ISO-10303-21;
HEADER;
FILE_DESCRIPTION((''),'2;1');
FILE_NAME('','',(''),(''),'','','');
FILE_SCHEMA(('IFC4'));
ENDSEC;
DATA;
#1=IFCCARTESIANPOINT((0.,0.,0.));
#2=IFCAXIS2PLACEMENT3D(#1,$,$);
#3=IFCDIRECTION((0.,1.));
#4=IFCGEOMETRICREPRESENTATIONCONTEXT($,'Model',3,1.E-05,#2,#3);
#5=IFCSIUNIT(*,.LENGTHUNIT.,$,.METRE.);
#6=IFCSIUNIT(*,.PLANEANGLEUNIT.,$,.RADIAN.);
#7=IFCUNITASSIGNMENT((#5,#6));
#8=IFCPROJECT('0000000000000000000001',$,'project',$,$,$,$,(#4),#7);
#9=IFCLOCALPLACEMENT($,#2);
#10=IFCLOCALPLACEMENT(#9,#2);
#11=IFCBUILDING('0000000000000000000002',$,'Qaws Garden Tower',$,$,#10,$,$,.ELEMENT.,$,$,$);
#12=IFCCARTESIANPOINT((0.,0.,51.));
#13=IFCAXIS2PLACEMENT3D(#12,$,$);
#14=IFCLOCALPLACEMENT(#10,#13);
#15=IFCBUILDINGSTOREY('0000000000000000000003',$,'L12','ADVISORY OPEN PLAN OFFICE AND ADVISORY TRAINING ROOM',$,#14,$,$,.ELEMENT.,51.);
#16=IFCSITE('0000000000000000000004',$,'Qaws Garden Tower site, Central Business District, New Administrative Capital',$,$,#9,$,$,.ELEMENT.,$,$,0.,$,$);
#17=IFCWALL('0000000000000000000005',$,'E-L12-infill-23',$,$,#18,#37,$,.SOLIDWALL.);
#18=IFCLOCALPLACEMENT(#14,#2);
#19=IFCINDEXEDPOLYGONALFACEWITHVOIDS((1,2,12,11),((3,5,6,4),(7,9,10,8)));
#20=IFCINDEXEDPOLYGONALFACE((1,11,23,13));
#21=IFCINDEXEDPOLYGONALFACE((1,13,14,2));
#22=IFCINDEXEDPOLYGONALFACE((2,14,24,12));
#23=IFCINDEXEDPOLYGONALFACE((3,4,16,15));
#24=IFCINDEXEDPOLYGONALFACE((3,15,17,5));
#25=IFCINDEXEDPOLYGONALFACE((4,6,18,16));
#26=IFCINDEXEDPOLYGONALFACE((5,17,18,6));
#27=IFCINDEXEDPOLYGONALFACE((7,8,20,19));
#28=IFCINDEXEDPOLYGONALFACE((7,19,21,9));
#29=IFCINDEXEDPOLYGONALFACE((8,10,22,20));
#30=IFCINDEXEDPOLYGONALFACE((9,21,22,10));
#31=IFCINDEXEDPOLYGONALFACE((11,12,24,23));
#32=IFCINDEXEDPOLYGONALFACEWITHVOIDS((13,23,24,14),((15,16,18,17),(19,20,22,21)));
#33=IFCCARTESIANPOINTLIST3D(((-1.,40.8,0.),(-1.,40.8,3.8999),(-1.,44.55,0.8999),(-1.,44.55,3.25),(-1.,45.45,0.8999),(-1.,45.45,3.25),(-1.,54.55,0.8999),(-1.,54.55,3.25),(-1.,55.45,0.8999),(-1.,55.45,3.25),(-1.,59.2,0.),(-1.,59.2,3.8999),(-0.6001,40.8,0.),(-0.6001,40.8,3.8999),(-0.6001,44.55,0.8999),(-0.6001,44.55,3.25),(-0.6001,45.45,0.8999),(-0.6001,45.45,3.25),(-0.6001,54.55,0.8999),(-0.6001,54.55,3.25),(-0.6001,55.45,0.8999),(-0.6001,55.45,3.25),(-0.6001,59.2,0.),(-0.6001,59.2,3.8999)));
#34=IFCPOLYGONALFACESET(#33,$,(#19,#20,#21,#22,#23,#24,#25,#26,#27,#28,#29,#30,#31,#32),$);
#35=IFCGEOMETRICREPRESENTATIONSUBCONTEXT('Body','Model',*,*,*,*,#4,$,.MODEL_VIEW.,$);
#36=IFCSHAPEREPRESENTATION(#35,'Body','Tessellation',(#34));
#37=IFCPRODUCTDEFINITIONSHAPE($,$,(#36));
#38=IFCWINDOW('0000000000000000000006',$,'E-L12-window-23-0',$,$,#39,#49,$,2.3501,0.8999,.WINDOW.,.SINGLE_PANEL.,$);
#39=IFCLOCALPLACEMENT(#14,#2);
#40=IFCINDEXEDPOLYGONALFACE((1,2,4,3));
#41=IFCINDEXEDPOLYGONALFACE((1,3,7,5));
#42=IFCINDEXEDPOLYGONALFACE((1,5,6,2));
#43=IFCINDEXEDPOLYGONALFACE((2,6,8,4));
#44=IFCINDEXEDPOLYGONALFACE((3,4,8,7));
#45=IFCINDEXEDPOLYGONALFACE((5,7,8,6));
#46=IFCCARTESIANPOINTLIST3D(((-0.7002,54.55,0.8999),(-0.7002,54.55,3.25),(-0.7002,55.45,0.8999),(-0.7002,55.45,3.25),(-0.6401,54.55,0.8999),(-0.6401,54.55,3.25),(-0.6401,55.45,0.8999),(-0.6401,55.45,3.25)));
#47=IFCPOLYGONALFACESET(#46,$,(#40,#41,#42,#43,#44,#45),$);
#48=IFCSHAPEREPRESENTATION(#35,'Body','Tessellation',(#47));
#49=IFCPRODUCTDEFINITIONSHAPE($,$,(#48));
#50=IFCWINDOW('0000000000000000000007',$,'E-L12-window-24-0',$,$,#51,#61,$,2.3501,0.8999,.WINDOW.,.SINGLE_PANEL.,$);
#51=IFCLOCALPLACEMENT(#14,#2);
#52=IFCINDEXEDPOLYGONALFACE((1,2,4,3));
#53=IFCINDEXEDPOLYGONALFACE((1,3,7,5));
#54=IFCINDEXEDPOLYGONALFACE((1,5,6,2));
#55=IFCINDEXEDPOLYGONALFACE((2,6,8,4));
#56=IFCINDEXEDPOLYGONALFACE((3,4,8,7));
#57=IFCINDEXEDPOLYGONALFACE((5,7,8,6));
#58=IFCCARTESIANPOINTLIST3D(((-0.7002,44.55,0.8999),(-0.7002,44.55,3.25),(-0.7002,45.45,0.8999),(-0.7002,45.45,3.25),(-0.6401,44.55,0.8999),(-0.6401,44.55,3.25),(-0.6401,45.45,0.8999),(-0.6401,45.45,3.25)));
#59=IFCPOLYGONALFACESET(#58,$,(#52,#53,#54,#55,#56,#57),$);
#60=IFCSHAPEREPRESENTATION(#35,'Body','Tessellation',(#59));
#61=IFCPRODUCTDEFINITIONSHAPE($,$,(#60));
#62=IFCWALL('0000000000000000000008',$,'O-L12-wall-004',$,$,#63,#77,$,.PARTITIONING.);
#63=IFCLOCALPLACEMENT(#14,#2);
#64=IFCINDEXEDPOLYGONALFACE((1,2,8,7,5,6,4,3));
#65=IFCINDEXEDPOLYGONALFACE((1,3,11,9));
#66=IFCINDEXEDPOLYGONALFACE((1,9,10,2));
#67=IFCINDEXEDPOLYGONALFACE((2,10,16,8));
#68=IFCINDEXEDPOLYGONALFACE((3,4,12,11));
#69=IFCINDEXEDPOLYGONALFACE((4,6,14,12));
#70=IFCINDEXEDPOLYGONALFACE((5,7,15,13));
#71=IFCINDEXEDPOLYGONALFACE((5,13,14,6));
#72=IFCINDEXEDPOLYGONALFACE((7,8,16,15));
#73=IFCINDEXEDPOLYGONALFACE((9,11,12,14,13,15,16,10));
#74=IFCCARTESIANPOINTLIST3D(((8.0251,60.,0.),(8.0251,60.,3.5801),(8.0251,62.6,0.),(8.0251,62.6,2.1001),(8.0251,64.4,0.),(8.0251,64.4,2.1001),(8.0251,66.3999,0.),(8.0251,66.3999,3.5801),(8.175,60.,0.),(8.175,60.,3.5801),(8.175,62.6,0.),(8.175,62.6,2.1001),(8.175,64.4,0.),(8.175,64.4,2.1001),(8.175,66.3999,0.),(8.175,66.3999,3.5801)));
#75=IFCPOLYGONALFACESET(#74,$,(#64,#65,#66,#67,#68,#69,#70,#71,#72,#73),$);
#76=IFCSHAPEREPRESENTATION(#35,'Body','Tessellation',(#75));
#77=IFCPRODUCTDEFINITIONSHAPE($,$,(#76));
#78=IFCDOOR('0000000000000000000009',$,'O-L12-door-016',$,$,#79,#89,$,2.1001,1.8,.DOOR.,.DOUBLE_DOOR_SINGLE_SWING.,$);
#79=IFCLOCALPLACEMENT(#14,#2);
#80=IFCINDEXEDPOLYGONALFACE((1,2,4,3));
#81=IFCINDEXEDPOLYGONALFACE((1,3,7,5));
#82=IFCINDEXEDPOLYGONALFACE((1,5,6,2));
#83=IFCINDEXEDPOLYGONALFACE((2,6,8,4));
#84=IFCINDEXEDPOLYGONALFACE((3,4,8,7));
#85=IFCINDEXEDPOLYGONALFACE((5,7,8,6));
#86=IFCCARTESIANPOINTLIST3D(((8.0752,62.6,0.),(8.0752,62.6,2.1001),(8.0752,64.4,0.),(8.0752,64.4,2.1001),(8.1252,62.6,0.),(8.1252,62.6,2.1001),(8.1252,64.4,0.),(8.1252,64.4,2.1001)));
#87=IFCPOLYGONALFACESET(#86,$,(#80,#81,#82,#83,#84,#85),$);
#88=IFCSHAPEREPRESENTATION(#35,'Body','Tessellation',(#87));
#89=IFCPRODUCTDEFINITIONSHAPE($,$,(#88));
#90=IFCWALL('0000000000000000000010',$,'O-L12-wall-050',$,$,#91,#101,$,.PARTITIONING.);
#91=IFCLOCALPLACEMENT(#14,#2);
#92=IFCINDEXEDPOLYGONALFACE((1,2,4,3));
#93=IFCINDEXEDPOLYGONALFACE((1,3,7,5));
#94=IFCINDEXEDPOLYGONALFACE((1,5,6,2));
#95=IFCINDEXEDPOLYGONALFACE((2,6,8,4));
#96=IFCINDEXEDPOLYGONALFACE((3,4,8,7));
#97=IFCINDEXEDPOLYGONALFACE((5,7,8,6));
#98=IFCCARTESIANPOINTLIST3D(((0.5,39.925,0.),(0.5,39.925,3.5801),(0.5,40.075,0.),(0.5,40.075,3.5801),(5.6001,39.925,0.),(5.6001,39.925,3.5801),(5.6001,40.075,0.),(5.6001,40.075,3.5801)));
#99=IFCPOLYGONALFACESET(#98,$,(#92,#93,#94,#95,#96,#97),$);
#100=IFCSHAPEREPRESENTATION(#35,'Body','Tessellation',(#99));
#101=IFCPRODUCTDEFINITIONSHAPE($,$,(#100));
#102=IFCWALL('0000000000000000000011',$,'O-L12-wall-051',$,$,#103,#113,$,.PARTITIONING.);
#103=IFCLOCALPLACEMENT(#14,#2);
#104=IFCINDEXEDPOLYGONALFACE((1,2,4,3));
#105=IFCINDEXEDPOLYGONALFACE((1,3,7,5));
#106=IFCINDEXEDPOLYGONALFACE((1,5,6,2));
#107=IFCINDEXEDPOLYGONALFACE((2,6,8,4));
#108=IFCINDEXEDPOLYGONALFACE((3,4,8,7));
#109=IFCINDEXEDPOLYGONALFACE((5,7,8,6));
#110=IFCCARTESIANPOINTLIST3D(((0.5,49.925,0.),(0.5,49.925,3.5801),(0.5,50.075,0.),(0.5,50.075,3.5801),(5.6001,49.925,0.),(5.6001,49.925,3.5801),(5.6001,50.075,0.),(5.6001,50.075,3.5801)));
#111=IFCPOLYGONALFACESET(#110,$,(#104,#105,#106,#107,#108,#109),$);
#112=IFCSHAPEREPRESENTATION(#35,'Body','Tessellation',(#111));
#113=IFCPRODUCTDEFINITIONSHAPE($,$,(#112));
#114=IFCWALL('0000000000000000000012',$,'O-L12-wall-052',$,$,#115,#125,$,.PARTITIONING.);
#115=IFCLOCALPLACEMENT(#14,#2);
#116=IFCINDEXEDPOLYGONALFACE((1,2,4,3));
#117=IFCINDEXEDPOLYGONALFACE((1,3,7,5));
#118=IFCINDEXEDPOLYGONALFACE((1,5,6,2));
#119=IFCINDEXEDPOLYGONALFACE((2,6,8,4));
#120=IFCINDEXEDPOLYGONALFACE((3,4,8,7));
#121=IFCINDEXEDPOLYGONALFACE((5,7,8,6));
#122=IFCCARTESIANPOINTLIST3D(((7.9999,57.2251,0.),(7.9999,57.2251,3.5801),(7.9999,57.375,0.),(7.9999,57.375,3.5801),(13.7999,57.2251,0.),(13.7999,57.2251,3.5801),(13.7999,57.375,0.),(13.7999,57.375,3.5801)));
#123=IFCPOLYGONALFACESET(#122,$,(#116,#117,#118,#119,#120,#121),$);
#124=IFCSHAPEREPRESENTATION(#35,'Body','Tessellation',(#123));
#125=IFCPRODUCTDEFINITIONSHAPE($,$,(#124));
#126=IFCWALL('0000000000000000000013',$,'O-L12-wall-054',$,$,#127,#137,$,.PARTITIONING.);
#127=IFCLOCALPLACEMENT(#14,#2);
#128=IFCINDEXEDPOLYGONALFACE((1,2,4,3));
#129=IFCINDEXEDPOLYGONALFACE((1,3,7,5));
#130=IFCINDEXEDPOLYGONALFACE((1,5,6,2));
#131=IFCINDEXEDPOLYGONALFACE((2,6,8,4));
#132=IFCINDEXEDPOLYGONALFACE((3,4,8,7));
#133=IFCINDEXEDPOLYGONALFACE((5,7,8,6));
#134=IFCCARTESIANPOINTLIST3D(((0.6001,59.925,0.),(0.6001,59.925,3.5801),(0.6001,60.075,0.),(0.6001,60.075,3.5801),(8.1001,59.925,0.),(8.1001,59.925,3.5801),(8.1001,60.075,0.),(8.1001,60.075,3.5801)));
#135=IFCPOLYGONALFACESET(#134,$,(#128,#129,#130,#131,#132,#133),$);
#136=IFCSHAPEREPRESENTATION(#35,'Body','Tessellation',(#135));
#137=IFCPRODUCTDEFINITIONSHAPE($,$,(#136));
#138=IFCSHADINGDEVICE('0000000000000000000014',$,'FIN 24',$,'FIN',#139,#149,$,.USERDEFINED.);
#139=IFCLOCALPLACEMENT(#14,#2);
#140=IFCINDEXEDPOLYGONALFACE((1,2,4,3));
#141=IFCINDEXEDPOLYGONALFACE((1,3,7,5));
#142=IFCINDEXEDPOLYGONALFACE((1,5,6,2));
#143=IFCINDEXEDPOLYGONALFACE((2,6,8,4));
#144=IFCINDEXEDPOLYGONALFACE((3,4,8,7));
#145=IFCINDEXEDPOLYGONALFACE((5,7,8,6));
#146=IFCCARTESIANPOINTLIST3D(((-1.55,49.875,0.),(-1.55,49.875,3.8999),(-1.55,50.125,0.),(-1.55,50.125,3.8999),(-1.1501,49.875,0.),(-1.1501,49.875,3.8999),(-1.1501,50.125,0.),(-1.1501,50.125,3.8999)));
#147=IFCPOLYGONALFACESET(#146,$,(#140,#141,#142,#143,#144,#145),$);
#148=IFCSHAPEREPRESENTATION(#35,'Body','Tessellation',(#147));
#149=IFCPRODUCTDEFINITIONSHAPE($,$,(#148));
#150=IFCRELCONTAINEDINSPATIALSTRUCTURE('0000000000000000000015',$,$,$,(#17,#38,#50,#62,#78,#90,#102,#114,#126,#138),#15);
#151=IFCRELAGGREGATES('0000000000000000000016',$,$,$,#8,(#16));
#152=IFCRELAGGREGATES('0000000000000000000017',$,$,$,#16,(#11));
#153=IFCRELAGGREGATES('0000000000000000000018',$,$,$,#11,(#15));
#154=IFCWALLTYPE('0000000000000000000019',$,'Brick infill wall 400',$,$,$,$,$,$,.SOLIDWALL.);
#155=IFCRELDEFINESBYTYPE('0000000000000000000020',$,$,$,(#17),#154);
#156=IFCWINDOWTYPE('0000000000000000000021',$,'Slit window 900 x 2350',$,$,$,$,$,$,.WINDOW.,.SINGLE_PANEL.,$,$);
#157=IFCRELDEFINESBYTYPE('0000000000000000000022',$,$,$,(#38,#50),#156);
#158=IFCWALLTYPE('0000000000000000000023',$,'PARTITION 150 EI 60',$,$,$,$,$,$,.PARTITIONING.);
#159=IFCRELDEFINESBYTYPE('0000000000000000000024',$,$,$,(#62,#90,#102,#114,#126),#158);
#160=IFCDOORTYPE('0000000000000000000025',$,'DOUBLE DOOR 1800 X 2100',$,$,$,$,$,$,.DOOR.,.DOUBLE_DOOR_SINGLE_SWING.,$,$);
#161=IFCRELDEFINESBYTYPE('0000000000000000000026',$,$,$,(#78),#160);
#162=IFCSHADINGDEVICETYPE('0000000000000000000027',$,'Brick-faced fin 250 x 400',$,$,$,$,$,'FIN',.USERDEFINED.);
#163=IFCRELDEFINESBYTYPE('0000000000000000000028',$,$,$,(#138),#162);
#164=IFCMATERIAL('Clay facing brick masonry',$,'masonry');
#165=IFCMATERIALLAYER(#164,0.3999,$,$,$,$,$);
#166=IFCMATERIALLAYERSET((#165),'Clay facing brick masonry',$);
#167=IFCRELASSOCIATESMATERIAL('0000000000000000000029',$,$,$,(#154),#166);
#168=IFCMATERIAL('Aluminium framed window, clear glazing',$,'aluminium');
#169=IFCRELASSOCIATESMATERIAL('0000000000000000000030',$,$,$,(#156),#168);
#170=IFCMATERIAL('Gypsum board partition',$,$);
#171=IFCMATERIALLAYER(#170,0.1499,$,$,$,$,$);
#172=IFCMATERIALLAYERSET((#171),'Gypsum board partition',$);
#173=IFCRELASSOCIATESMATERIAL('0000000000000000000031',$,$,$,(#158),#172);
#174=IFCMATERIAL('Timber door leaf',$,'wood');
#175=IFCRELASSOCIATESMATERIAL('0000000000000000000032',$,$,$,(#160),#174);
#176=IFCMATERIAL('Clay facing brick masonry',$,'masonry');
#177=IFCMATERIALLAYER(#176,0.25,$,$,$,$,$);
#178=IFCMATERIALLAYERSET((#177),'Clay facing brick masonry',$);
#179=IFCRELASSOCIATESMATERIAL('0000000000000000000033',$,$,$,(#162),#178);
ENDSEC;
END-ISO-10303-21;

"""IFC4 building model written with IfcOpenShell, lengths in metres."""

from ifc_helpers import new_model, si_unit, direction, frame, frame_2d, origin, origin_2d, place, context, subcontext, project, spatial, rectangle, extrude, material, layer, layer_set, type_object, element, fill, save


model = new_model("IFC4")

# Units and contexts
model_context = context("Model", 3, precision=1e-05, world=origin(), true_north=direction((0.0, 1.0)))
body_context = subcontext(model_context, "Body", "Model", "MODEL_VIEW")
ifc_project = project(units=[si_unit("LENGTHUNIT", "METRE"), si_unit("PLANEANGLEUNIT", "RADIAN")], contexts=[model_context])

# Site, building, storey
site_placement = place(None, origin())
site = spatial("IfcSite", under=ifc_project, at=site_placement, Name="Qaws Garden Tower site, Central Business District, New Administrative Capital", CompositionType="ELEMENT", RefElevation=0.0)
building_placement = place(site_placement, origin())
building = spatial("IfcBuilding", under=site, at=building_placement, Name="Qaws Garden Tower", CompositionType="ELEMENT")
storey_placement = place(building_placement, frame((0.0, 0.0, 51.0)))
storey = spatial("IfcBuildingStorey", under=building, at=storey_placement, Name="L12", Description="ADVISORY OPEN PLAN OFFICE AND ADVISORY TRAINING ROOM", CompositionType="ELEMENT", Elevation=51.0)

# Shared definitions
ifc_material_1 = material(Name="Clay facing brick masonry", Category="masonry")
ifc_layer_1 = layer(ifc_material_1, 0.3999)
ifc_layer_set_1 = layer_set([ifc_layer_1], Name="Clay facing brick masonry")
wall_type_1 = type_object("IfcWallType", Name="Brick infill wall 400", PredefinedType="SOLIDWALL", material=ifc_layer_set_1)

# Wall, openings, windows
wall_1_placement = place(storey_placement, frame((-0.8, 59.2, 0.0), z_axis=(0.0, 0.0, 1.0), x_axis=(0.0, -1.0, 0.0)))
wall_1 = element("IfcWall", 1, at=wall_1_placement, inside=storey, type_object=wall_type_1, Name="E-L12-infill-23", PredefinedType="SOLIDWALL", context=body_context, shape_type="SweptSolid", body=[
    extrude(rectangle(XDim=18.3999, YDim=0.3999, at=frame_2d((9.2, 0.0))), origin(), (0.0, 0.0, 1.0), 3.8999),
])
opening_1_placement = place(wall_1_placement, frame((3.75, 0.0, 0.8999)))
opening_1 = element("IfcOpeningElement", 2, at=opening_1_placement, cuts=wall_1, PredefinedType="OPENING", context=body_context, shape_type="SweptSolid", body=[
    extrude(rectangle(XDim=0.8999, YDim=2.3501, at=frame_2d((0.45, 1.175))), frame((0.0, 0.21, 0.0), z_axis=(0.0, -1.0, 0.0), x_axis=(1.0, 0.0, 0.0)), (0.0, 0.0, 1.0), 0.4199),
])
opening_2_placement = place(wall_1_placement, frame((13.75, 0.0, 0.8999)))
opening_2 = element("IfcOpeningElement", 3, at=opening_2_placement, cuts=wall_1, PredefinedType="OPENING", context=body_context, shape_type="SweptSolid", body=[
    extrude(rectangle(XDim=0.8999, YDim=2.3501, at=frame_2d((0.45, 1.175))), frame((0.0, 0.21, 0.0), z_axis=(0.0, -1.0, 0.0), x_axis=(1.0, 0.0, 0.0)), (0.0, 0.0, 1.0), 0.4199),
])
ifc_material_2 = material(Name="Aluminium framed window, clear glazing", Category="aluminium")
window_type_1 = type_object("IfcWindowType", Name="Slit window 900 x 2350", PartitioningType="SINGLE_PANEL", PredefinedType="WINDOW", material=ifc_material_2)
window_1_placement = place(opening_1_placement, origin())
window_1 = element("IfcWindow", 4, at=window_1_placement, inside=storey, type_object=window_type_1, Name="E-L12-window-23-0", OverallHeight=2.3501, OverallWidth=0.8999, PartitioningType="SINGLE_PANEL", PredefinedType="WINDOW", context=body_context, shape_type="SweptSolid", body=[
    extrude(rectangle(XDim=0.8999, YDim=2.3501, at=frame_2d((0.45, 1.175))), frame((0.0, 0.1599, 0.0), z_axis=(0.0, -1.0, 0.0), x_axis=(1.0, 0.0, 0.0)), (0.0, 0.0, 1.0), 0.0601),
])
fill(opening_1, window_1)
window_2_placement = place(opening_2_placement, origin())
window_2 = element("IfcWindow", 5, at=window_2_placement, inside=storey, type_object=window_type_1, Name="E-L12-window-24-0", OverallHeight=2.3501, OverallWidth=0.8999, PartitioningType="SINGLE_PANEL", PredefinedType="WINDOW", context=body_context, shape_type="SweptSolid", body=[
    extrude(rectangle(XDim=0.8999, YDim=2.3501, at=frame_2d((0.45, 1.175))), frame((0.0, 0.1599, 0.0), z_axis=(0.0, -1.0, 0.0), x_axis=(1.0, 0.0, 0.0)), (0.0, 0.0, 1.0), 0.0601),
])
fill(opening_2, window_2)

# Wall, opening, door
ifc_material_3 = material(Name="Gypsum board partition")
ifc_layer_2 = layer(ifc_material_3, 0.1499)
ifc_layer_set_2 = layer_set([ifc_layer_2], Name="Gypsum board partition")
wall_type_2 = type_object("IfcWallType", Name="PARTITION 150 EI 60", PredefinedType="PARTITIONING", material=ifc_layer_set_2)
wall_2_placement = place(storey_placement, frame((8.1001, 60.0, 0.0), z_axis=(0.0, 0.0, 1.0), x_axis=(0.0, 1.0, 0.0)))
wall_2 = element("IfcWall", 6, at=wall_2_placement, inside=storey, type_object=wall_type_2, Name="O-L12-wall-004", PredefinedType="PARTITIONING", context=body_context, shape_type="SweptSolid", body=[
    extrude(rectangle(XDim=6.3999, YDim=0.1499, at=frame_2d((3.2, 0.0))), origin(), (0.0, 0.0, 1.0), 3.5801),
])
opening_3_placement = place(wall_2_placement, frame((2.6001, 0.0, 0.0)))
opening_3 = element("IfcOpeningElement", 7, at=opening_3_placement, cuts=wall_2, PredefinedType="OPENING", context=body_context, shape_type="SweptSolid", body=[
    extrude(rectangle(XDim=1.8, YDim=2.1001, at=frame_2d((0.8999, 1.05))), frame((0.0, 0.085, 0.0), z_axis=(0.0, -1.0, 0.0), x_axis=(1.0, 0.0, 0.0)), (0.0, 0.0, 1.0), 0.1699),
])
ifc_material_4 = material(Name="Timber door leaf", Category="wood")
door_type = type_object("IfcDoorType", Name="DOUBLE DOOR 1800 X 2100", OperationType="DOUBLE_DOOR_SINGLE_SWING", PredefinedType="DOOR", material=ifc_material_4)
door_placement = place(opening_3_placement, origin())
door = element("IfcDoor", 8, at=door_placement, inside=storey, type_object=door_type, Name="O-L12-door-016", OperationType="DOUBLE_DOOR_SINGLE_SWING", OverallHeight=2.1001, OverallWidth=1.8, PredefinedType="DOOR", context=body_context, shape_type="SweptSolid", body=[
    extrude(rectangle(XDim=1.8, YDim=2.1001, at=frame_2d((0.8999, 1.05))), frame((0.0, 0.0249, 0.0), z_axis=(0.0, -1.0, 0.0), x_axis=(1.0, 0.0, 0.0)), (0.0, 0.0, 1.0), 0.05),
])
fill(opening_3, door)

# Walls
for number, where, z_axis, x_axis, name in (
    (9, (0.5, 40.0, 0.0), (0.0, 0.0, 1.0), (1.0, 0.0, 0.0), "O-L12-wall-050"),
    (10, (0.5, 50.0, 0.0), (0.0, 0.0, 1.0), (1.0, 0.0, 0.0), "O-L12-wall-051"),
):
    element("IfcWall", number, at=place(storey_placement, frame(where, z_axis=z_axis, x_axis=x_axis)), inside=storey, type_object=wall_type_2, Name=name, PredefinedType="PARTITIONING", context=body_context, shape_type="SweptSolid", body=[
        extrude(rectangle(XDim=5.1001, YDim=0.1499, at=frame_2d((2.55, 0.0))), origin(), (0.0, 0.0, 1.0), 3.5801),
    ])
wall_3_placement = place(storey_placement, frame((8.0, 57.3, 0.0), z_axis=(0.0, 0.0, 1.0), x_axis=(1.0, 0.0, 0.0)))
element("IfcWall", 11, at=wall_3_placement, inside=storey, type_object=wall_type_2, Name="O-L12-wall-052", PredefinedType="PARTITIONING", context=body_context, shape_type="SweptSolid", body=[
    extrude(rectangle(XDim=5.8, YDim=0.1499, at=frame_2d((2.8999, 0.0))), origin(), (0.0, 0.0, 1.0), 3.5801),
])
wall_4_placement = place(storey_placement, frame((0.6001, 60.0, 0.0), z_axis=(0.0, 0.0, 1.0), x_axis=(1.0, 0.0, 0.0)))
element("IfcWall", 12, at=wall_4_placement, inside=storey, type_object=wall_type_2, Name="O-L12-wall-054", PredefinedType="PARTITIONING", context=body_context, shape_type="SweptSolid", body=[
    extrude(rectangle(XDim=7.5, YDim=0.1499, at=frame_2d((3.75, 0.0))), origin(), (0.0, 0.0, 1.0), 3.5801),
])

# Shading device
ifc_material_5 = material(Name="Clay facing brick masonry", Category="masonry")
ifc_layer_3 = layer(ifc_material_5, 0.25)
ifc_layer_set_3 = layer_set([ifc_layer_3], Name="Clay facing brick masonry")
shading_device_type = type_object("IfcShadingDeviceType", Name="Brick-faced fin 250 x 400", ElementType="FIN", PredefinedType="USERDEFINED", material=ifc_layer_set_3)
shading_device_placement = place(storey_placement, frame((-1.3501, 50.0, 0.0), z_axis=(0.0, 0.0, 1.0), x_axis=(0.0, -1.0, 0.0)))
element("IfcShadingDevice", 13, at=shading_device_placement, inside=storey, type_object=shading_device_type, Name="FIN 24", ObjectType="FIN", PredefinedType="USERDEFINED", context=body_context, shape_type="SweptSolid", body=[
    extrude(rectangle(XDim=0.25, YDim=0.3999, at=origin_2d()), origin(), (0.0, 0.0, 1.0), 3.8999),
])

save(model, "model.ifc")
